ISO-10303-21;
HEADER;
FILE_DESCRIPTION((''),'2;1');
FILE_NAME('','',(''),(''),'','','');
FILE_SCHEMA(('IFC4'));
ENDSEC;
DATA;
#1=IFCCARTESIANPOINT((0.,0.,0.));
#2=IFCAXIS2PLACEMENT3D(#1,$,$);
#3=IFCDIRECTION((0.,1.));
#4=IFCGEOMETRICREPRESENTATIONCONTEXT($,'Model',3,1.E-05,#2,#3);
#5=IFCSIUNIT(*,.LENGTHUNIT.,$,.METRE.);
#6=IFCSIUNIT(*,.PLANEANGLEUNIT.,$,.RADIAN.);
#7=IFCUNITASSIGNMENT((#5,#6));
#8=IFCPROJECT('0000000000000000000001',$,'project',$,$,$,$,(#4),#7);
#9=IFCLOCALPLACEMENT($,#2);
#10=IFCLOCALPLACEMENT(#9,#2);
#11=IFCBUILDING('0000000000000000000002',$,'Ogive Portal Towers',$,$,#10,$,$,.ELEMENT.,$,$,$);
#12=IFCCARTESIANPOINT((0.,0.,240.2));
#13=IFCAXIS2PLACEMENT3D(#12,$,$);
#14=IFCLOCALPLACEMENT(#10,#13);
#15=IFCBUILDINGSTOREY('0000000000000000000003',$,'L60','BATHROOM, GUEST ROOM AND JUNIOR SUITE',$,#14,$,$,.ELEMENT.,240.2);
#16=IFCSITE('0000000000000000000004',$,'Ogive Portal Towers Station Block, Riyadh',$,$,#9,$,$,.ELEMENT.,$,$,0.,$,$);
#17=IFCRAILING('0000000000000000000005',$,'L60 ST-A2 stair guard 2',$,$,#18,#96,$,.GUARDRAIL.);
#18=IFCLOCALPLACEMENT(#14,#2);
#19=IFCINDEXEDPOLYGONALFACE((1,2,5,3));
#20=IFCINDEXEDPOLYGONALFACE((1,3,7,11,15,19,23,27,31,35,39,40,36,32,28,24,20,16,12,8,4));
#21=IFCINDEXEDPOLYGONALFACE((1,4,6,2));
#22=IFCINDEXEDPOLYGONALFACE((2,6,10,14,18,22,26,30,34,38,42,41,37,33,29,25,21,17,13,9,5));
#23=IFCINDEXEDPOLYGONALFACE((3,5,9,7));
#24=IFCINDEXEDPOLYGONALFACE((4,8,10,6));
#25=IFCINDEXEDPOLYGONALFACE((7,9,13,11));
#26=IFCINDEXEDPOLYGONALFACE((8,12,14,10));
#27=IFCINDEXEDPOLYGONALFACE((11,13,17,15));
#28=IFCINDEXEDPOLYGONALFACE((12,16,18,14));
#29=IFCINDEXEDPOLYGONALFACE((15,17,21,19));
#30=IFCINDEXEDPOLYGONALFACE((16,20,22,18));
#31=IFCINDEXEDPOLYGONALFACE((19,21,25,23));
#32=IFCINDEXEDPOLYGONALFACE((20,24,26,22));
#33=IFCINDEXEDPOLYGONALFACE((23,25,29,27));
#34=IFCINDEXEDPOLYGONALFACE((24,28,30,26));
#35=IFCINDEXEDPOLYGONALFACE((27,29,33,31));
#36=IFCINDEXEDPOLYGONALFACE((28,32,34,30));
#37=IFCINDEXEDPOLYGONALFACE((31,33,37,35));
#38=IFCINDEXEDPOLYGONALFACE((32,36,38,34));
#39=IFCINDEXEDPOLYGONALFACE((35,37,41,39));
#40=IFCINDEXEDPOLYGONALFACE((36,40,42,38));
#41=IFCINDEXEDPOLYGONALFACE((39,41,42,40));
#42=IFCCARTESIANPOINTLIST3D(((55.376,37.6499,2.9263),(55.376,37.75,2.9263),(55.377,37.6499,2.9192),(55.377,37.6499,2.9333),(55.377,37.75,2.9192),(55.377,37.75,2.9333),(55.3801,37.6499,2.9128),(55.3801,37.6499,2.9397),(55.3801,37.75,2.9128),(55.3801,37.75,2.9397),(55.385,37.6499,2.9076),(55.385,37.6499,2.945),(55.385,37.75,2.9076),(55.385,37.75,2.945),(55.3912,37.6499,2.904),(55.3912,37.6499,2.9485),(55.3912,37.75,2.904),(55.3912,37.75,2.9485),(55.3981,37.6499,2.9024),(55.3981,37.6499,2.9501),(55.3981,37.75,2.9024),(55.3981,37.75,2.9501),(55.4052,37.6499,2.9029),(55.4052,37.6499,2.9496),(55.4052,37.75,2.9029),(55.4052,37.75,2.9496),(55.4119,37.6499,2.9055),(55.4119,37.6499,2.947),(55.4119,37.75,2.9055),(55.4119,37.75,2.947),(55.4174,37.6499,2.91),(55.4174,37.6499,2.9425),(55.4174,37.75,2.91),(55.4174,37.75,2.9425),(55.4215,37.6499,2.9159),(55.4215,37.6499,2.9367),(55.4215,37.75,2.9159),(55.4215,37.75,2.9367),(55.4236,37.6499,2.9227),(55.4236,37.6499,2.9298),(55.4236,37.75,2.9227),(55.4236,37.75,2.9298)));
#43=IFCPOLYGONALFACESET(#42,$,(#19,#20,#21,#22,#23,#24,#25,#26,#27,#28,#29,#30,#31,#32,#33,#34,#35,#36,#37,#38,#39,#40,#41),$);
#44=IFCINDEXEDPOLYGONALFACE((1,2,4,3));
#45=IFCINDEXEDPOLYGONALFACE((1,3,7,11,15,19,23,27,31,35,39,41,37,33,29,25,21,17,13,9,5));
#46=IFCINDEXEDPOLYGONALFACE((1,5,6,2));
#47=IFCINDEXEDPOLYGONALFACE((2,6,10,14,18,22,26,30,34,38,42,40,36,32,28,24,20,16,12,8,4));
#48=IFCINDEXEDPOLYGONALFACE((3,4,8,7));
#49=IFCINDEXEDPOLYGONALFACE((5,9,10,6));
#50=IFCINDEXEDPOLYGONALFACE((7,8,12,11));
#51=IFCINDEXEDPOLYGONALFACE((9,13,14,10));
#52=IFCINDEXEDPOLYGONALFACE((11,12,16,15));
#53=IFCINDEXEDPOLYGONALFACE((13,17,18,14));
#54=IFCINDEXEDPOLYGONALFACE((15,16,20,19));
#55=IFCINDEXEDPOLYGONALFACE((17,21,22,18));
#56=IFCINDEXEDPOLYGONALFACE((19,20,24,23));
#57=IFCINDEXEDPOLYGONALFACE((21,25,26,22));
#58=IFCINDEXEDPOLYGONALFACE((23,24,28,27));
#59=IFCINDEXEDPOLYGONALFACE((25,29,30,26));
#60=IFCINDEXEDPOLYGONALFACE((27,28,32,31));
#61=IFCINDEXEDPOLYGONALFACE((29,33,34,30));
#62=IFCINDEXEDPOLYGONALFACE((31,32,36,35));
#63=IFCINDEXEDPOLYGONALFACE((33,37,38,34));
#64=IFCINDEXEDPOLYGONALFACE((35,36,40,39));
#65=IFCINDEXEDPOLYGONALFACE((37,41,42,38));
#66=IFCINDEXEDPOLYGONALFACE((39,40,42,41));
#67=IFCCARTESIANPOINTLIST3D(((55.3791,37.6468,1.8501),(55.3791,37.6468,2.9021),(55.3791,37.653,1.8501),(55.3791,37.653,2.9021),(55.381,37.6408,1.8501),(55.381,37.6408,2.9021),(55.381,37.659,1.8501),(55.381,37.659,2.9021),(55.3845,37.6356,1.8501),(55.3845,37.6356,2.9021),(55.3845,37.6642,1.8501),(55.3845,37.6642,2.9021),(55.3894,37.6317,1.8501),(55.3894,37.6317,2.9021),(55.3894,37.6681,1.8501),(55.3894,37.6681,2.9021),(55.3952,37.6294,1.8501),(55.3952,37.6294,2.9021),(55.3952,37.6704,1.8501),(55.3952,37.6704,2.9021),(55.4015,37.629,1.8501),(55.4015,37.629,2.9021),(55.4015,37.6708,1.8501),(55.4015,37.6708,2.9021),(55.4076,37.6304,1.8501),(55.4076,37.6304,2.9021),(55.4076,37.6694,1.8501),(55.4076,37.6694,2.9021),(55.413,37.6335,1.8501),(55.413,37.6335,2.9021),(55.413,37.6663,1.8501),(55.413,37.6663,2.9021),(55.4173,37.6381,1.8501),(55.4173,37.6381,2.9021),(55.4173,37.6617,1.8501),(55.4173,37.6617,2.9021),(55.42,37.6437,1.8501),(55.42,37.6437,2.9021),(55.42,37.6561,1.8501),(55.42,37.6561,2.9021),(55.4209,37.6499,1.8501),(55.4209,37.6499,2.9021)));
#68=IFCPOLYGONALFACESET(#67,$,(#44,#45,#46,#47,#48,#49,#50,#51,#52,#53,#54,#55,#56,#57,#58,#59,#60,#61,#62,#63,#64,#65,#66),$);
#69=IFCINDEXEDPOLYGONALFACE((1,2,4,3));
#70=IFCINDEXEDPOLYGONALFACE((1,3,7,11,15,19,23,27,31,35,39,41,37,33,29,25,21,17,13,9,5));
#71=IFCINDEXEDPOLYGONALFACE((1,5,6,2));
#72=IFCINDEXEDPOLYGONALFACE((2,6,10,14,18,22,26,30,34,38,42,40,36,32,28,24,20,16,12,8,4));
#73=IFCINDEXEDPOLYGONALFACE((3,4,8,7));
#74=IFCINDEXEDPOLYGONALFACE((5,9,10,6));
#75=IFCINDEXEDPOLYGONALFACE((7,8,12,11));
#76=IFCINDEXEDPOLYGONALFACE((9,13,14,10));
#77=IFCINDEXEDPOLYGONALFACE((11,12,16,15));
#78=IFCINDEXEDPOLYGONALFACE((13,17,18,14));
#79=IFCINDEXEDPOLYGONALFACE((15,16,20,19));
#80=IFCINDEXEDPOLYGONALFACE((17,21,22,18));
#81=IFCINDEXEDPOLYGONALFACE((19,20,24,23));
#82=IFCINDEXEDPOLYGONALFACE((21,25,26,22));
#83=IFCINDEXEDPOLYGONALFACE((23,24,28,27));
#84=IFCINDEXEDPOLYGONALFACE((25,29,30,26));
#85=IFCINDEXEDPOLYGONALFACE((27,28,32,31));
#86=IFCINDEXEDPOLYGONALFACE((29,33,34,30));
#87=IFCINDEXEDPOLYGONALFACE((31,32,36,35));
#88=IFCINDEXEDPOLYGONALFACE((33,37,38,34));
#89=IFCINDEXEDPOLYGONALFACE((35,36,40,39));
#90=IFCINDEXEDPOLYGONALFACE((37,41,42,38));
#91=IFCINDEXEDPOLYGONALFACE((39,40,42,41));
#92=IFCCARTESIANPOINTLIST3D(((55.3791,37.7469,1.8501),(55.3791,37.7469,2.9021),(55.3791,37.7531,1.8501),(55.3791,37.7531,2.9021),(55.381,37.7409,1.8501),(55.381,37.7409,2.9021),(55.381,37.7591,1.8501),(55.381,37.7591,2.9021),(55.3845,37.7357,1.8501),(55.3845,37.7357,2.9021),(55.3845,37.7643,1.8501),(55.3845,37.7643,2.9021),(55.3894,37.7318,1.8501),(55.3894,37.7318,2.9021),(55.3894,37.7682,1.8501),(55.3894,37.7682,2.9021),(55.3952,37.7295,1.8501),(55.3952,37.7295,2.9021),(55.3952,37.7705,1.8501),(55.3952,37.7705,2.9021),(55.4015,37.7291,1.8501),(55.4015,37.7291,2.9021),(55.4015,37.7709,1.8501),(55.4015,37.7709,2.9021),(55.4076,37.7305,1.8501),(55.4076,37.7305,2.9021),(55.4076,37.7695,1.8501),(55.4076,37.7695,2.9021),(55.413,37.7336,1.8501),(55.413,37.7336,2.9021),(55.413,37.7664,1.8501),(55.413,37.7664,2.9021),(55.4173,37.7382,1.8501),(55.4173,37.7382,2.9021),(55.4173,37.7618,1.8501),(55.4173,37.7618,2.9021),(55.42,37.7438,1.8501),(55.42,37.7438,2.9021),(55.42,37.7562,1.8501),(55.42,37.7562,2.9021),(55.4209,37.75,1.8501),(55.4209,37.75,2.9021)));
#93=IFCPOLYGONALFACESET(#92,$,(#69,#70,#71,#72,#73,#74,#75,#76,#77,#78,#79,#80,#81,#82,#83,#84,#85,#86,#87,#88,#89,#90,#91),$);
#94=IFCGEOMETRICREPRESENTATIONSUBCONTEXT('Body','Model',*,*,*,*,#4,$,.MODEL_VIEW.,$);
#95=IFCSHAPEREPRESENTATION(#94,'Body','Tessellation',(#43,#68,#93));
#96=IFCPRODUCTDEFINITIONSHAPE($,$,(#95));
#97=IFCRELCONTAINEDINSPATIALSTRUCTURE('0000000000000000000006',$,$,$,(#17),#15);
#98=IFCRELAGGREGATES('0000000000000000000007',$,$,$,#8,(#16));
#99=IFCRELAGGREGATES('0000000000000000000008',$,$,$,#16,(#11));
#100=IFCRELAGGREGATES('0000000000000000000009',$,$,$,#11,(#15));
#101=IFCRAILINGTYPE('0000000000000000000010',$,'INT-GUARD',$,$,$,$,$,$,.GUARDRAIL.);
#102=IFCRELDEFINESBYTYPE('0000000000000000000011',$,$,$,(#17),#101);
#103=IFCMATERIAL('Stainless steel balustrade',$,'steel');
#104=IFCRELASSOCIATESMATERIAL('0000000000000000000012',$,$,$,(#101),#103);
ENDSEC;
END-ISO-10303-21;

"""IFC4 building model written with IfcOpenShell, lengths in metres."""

from ifc_helpers import new_model, si_unit, direction, frame, origin, origin_2d, place, context, subcontext, project, spatial, circle, extrude, material, type_object, element, save


model = new_model("IFC4")

# Units and contexts
model_context = context("Model", 3, precision=1e-05, world=origin(), true_north=direction((0.0, 1.0)))
body_context = subcontext(model_context, "Body", "Model", "MODEL_VIEW")
ifc_project = project(units=[si_unit("LENGTHUNIT", "METRE"), si_unit("PLANEANGLEUNIT", "RADIAN")], contexts=[model_context])

# Site, building, storey
site_placement = place(None, origin())
site = spatial("IfcSite", under=ifc_project, at=site_placement, Name="Ogive Portal Towers Station Block, Riyadh", CompositionType="ELEMENT", RefElevation=0.0)
building_placement = place(site_placement, origin())
building = spatial("IfcBuilding", under=site, at=building_placement, Name="Ogive Portal Towers", CompositionType="ELEMENT")
storey_placement = place(building_placement, frame((0.0, 0.0, 240.2)))
storey = spatial("IfcBuildingStorey", under=building, at=storey_placement, Name="L60", Description="BATHROOM, GUEST ROOM AND JUNIOR SUITE", CompositionType="ELEMENT", Elevation=240.2)

# Railing
ifc_material_1 = material(Name="Stainless steel balustrade", Category="steel")
railing_type_1 = type_object("IfcRailingType", Name="INT-GUARD", PredefinedType="GUARDRAIL", material=ifc_material_1)
railing_1_placement = place(storey_placement, frame((55.3999, 37.6499, 1.8501)))
element("IfcRailing", 1, at=railing_1_placement, inside=storey, type_object=railing_type_1, Name="L60 ST-A2 stair guard 2", PredefinedType="GUARDRAIL", context=body_context, shape_type="SweptSolid", body=[
    extrude(circle(Radius=0.0239, at=origin_2d()), frame((0.0, 0.0, 1.0762), z_axis=(0.0, 1.0, 0.0), x_axis=(-1.0, 0.0, 0.0)), (0.0, 0.0, 1.0), 0.1001),
    extrude(circle(Radius=0.021, at=origin_2d()), origin(), (0.0, 0.0, 1.0), 1.052),
    extrude(circle(Radius=0.021, at=origin_2d()), frame((0.0, 0.1001, 0.0)), (0.0, 0.0, 1.0), 1.052),
])

save(model, "model.ifc")
